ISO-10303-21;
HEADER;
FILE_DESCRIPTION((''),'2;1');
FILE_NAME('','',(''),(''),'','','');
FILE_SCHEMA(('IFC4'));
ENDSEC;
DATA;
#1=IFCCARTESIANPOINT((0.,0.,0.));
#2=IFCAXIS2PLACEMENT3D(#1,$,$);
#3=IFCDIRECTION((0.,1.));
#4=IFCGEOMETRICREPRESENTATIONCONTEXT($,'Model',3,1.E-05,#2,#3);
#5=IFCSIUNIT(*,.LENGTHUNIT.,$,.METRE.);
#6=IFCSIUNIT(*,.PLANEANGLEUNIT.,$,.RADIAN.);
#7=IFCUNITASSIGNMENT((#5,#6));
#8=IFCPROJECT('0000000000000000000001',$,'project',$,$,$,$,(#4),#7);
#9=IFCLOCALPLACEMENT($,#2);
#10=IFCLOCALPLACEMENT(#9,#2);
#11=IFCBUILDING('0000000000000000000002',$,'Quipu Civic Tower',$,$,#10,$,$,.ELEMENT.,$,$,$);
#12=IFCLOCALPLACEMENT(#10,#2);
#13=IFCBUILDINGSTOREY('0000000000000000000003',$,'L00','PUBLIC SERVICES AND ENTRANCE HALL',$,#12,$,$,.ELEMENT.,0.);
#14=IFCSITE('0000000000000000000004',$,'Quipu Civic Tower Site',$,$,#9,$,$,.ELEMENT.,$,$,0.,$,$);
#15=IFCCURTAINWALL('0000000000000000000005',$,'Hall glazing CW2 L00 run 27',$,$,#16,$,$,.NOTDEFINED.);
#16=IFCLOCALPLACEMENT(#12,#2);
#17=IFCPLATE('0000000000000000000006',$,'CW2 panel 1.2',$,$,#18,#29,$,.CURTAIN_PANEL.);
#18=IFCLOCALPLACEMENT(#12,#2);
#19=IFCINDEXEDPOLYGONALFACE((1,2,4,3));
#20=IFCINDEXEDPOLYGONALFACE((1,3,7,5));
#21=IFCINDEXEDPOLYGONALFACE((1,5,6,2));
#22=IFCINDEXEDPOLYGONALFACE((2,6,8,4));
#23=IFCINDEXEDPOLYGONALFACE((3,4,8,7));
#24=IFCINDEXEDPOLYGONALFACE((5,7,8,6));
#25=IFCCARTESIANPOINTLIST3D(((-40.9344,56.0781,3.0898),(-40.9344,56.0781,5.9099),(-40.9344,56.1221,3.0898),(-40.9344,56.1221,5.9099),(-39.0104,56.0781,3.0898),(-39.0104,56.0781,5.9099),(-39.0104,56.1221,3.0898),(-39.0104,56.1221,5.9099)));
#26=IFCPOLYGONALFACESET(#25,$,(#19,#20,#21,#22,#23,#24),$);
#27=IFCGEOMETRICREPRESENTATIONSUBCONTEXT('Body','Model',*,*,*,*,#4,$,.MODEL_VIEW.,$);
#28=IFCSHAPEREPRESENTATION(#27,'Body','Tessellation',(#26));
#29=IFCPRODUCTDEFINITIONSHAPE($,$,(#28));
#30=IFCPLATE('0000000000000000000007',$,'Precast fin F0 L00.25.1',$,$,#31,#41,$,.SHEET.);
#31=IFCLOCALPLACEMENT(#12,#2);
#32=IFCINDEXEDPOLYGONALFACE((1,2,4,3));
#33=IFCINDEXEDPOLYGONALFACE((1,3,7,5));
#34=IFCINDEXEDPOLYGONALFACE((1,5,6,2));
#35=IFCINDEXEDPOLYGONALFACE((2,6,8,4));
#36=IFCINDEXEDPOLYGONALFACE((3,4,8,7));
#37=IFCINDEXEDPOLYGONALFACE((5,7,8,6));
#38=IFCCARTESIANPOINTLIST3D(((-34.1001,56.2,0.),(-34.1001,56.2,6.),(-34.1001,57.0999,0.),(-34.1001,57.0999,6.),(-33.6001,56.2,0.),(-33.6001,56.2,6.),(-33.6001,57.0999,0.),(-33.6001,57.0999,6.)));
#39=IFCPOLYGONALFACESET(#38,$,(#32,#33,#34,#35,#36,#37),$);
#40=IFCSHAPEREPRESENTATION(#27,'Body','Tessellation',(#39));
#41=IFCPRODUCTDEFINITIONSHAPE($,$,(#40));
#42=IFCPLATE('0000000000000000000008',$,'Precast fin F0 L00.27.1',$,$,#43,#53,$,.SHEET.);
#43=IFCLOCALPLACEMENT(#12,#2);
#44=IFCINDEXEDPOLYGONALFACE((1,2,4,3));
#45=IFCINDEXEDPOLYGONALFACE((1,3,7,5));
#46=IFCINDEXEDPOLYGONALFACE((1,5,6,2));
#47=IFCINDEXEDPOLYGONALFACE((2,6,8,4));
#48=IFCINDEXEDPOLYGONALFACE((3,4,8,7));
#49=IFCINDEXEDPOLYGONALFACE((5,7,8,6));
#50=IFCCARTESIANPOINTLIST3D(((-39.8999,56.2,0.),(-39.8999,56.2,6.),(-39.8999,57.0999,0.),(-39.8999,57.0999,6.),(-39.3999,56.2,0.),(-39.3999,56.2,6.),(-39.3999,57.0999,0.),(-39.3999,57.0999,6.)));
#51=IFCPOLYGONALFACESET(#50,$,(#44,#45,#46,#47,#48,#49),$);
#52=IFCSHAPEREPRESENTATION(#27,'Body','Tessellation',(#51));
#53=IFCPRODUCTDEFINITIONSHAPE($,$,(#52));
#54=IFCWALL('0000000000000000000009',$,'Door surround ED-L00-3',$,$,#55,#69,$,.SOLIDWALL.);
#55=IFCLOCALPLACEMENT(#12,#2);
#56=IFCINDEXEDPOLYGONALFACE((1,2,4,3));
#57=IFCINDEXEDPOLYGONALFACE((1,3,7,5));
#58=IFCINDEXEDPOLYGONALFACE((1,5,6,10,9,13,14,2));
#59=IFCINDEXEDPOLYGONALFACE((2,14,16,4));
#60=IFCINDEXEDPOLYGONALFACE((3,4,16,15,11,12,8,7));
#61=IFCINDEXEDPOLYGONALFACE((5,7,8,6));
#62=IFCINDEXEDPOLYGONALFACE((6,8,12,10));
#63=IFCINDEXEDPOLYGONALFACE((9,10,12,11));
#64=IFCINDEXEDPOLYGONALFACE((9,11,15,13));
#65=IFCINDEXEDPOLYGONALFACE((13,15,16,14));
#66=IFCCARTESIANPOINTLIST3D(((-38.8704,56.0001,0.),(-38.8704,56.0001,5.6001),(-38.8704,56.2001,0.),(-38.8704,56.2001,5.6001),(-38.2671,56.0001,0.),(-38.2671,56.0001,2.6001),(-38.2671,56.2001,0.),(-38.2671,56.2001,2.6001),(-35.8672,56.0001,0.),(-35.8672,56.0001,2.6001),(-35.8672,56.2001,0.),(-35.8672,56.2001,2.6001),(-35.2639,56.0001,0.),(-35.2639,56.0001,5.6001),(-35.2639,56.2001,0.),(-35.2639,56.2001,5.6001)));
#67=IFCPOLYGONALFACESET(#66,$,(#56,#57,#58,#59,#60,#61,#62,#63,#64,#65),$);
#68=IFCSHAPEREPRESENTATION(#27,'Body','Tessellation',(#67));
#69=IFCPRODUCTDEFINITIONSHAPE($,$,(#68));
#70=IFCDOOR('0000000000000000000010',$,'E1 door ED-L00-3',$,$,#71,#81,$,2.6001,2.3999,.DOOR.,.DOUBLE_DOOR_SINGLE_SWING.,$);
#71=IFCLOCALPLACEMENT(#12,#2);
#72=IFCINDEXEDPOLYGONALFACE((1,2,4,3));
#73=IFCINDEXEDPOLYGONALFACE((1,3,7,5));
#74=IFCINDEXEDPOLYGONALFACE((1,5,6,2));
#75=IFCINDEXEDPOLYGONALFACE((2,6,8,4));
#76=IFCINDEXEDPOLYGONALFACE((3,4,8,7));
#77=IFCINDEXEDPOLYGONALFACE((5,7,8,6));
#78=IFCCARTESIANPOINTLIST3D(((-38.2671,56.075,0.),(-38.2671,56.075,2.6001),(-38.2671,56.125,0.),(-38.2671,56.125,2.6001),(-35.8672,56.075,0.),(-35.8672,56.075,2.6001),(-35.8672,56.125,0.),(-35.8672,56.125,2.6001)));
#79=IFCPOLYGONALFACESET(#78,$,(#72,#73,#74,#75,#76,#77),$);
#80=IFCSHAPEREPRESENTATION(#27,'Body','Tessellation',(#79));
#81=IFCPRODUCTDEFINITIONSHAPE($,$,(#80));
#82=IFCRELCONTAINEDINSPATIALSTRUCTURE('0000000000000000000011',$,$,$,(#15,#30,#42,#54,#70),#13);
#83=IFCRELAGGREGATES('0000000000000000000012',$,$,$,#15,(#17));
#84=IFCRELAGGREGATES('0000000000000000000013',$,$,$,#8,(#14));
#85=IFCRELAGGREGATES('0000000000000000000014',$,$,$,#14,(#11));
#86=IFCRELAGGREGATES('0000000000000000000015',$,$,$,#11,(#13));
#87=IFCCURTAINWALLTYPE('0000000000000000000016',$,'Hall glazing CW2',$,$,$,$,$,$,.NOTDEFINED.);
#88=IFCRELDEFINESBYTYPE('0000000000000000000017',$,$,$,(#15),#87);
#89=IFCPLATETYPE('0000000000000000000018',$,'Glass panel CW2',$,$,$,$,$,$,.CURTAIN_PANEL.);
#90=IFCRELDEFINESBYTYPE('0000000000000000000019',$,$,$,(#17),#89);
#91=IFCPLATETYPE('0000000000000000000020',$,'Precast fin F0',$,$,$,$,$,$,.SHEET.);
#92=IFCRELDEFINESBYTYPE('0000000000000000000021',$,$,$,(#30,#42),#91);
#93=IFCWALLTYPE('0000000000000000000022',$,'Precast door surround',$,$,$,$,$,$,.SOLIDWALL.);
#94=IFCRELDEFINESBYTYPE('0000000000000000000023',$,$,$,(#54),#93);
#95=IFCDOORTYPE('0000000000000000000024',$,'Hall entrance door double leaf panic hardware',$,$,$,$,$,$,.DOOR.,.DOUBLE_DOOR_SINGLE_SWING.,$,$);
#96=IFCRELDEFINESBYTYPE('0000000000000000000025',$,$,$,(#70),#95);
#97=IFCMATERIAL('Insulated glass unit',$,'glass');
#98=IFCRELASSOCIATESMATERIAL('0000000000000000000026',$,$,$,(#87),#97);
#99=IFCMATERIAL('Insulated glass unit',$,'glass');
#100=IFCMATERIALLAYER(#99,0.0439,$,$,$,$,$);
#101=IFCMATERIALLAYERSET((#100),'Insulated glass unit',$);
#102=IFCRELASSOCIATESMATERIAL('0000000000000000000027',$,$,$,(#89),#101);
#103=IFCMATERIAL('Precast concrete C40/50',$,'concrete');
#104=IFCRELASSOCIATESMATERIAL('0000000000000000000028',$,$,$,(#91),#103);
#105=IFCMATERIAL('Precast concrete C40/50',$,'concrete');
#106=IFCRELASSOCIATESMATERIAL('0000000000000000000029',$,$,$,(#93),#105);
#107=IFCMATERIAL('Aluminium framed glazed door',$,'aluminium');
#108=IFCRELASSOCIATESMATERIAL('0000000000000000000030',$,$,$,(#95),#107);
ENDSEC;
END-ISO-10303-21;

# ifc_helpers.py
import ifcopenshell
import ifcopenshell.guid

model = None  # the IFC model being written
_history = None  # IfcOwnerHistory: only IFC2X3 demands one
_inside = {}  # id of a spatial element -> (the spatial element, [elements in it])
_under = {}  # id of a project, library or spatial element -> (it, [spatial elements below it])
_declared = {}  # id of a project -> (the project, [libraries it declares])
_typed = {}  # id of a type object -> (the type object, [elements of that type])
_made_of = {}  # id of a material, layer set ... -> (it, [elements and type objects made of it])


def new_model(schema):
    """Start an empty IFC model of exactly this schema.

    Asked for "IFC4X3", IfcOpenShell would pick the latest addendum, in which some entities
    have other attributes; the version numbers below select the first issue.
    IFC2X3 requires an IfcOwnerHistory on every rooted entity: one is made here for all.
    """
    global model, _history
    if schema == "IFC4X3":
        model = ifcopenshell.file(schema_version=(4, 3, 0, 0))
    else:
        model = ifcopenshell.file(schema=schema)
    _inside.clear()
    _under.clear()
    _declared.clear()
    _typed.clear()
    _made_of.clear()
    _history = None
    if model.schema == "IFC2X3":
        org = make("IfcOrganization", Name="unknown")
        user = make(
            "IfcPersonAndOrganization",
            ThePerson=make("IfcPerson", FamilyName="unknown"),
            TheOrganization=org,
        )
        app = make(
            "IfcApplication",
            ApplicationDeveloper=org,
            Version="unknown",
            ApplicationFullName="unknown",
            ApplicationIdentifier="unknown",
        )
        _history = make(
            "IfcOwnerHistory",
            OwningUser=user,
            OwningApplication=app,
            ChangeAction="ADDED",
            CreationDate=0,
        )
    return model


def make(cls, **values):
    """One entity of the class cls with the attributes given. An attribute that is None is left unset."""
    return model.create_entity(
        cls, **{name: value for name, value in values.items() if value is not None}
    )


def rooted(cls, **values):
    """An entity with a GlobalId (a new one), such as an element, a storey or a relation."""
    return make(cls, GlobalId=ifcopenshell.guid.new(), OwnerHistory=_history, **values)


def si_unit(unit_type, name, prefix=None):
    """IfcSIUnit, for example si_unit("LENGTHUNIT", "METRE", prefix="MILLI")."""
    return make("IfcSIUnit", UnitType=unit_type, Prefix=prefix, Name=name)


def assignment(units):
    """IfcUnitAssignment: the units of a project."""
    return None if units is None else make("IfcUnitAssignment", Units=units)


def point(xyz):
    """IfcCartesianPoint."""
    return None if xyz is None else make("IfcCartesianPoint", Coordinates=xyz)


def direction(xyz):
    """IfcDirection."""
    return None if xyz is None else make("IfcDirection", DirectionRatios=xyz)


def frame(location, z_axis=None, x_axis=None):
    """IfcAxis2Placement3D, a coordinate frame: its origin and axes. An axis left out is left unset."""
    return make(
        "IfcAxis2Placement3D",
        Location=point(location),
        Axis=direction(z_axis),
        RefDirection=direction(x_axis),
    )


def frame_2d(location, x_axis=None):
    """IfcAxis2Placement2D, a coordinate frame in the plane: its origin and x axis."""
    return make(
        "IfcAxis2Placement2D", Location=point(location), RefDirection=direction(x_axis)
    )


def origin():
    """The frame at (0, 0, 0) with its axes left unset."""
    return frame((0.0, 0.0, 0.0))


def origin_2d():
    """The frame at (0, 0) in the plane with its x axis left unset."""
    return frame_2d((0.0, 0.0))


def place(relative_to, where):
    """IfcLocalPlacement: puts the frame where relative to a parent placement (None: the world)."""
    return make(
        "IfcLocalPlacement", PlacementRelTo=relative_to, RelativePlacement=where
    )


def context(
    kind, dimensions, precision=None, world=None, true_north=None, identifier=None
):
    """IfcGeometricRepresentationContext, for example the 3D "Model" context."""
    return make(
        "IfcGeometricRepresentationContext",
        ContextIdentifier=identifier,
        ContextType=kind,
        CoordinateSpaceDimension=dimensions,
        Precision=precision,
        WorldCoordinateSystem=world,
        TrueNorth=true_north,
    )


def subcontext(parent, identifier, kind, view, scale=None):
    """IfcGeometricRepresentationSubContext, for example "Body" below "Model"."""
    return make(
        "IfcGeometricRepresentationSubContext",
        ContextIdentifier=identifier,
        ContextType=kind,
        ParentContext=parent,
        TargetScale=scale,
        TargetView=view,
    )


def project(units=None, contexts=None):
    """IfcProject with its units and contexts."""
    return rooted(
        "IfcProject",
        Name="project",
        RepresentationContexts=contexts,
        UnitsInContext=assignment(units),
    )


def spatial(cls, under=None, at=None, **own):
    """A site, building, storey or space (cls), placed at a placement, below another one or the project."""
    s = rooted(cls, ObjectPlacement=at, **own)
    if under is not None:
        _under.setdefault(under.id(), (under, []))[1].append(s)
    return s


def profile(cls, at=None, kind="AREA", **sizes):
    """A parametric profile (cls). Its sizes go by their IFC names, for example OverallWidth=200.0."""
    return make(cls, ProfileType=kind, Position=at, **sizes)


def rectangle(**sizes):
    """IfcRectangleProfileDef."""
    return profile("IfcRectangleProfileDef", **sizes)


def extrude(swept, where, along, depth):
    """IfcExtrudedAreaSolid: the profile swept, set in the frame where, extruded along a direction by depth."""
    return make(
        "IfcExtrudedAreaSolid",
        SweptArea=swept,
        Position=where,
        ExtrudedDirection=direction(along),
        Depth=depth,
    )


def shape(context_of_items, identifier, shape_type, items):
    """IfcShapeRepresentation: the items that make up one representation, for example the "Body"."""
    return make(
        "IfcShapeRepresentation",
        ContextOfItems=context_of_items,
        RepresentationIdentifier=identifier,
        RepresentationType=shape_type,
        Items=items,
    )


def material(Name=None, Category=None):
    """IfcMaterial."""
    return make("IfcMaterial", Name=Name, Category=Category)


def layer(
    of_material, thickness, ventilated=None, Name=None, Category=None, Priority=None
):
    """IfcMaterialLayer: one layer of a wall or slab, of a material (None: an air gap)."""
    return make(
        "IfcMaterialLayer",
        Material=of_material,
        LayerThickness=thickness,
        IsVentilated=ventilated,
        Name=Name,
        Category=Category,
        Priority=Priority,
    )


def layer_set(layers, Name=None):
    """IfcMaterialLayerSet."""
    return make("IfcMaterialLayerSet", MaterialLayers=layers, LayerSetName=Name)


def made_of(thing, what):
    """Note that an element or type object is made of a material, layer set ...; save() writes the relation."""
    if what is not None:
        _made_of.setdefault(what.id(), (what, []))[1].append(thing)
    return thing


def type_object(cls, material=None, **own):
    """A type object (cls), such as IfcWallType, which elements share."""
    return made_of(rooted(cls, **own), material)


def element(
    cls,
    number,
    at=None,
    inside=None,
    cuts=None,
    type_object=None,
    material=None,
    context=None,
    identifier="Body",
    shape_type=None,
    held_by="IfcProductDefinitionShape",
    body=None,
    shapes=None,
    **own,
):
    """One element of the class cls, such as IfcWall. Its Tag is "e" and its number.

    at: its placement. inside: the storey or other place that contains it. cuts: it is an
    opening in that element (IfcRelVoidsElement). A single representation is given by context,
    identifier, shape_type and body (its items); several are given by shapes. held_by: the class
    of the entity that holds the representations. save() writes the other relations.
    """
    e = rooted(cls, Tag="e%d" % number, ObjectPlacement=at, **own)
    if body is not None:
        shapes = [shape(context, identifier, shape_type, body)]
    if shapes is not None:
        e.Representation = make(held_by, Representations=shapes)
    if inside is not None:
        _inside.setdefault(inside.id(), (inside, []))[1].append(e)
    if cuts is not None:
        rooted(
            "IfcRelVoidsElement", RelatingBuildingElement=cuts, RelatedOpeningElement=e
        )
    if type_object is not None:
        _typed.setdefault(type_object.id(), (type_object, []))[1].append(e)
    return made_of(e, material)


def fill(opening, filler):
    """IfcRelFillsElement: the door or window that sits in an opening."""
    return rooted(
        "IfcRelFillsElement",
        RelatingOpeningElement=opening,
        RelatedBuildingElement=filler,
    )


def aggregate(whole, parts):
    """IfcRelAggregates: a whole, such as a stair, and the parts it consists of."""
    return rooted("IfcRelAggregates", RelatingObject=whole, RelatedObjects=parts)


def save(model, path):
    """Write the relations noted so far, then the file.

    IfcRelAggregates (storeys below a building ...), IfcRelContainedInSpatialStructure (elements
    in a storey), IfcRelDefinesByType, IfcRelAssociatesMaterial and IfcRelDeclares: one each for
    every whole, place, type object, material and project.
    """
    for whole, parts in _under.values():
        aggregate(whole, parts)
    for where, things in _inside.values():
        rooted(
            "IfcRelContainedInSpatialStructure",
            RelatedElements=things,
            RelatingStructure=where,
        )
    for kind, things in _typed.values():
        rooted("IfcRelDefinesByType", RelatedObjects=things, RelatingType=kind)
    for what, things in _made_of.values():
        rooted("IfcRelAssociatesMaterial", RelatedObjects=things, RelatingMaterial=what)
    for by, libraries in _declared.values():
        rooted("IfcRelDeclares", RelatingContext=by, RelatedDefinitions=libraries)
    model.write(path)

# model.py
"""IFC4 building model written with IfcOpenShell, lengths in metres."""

from ifc_helpers import new_model, si_unit, direction, frame, frame_2d, origin, origin_2d, place, context, subcontext, project, spatial, rectangle, extrude, material, layer, layer_set, type_object, element, fill, aggregate, save


model = new_model("IFC4")

# Units and contexts
model_context = context("Model", 3, precision=1e-05, world=origin(), true_north=direction((0.0, 1.0)))
body_context = subcontext(model_context, "Body", "Model", "MODEL_VIEW")
ifc_project = project(units=[si_unit("LENGTHUNIT", "METRE"), si_unit("PLANEANGLEUNIT", "RADIAN")], contexts=[model_context])

# Site, building, storey
site_placement = place(None, origin())
site = spatial("IfcSite", under=ifc_project, at=site_placement, Name="Quipu Civic Tower Site", CompositionType="ELEMENT", RefElevation=0.0)
building_placement = place(site_placement, origin())
building = spatial("IfcBuilding", under=site, at=building_placement, Name="Quipu Civic Tower", CompositionType="ELEMENT")
storey_placement = place(building_placement, origin())
storey = spatial("IfcBuildingStorey", under=building, at=storey_placement, Name="L00", Description="PUBLIC SERVICES AND ENTRANCE HALL", CompositionType="ELEMENT", Elevation=0.0)

# Shared definitions
ifc_material_1 = material(Name="Insulated glass unit", Category="glass")
curtain_wall_type = type_object("IfcCurtainWallType", Name="Hall glazing CW2", PredefinedType="NOTDEFINED", material=ifc_material_1)

# Curtain wall
curtain_wall_1_placement = place(storey_placement, origin())
curtain_wall_1 = element("IfcCurtainWall", 1, at=curtain_wall_1_placement, inside=storey, type_object=curtain_wall_type, Name="Hall glazing CW2 L00 run 27", PredefinedType="NOTDEFINED")

# Plate
ifc_material_2 = material(Name="Insulated glass unit", Category="glass")
ifc_layer = layer(ifc_material_2, 0.0439)
ifc_layer_set = layer_set([ifc_layer], Name="Insulated glass unit")
plate_type_1 = type_object("IfcPlateType", Name="Glass panel CW2", PredefinedType="CURTAIN_PANEL", material=ifc_layer_set)
plate_1_placement = place(storey_placement, frame((-39.9724, 56.1001, 3.0898), z_axis=(0.0, 0.0, 1.0), x_axis=(-1.0, 0.0, 0.0)))
plate_1 = element("IfcPlate", 2, at=plate_1_placement, type_object=plate_type_1, Name="CW2 panel 1.2", PredefinedType="CURTAIN_PANEL", context=body_context, shape_type="SweptSolid", body=[
    extrude(rectangle(XDim=1.9241, YDim=0.0439, at=origin_2d()), origin(), (0.0, 0.0, 1.0), 2.8201),
])
aggregate(curtain_wall_1, [plate_1])

# Plates
ifc_material_3 = material(Name="Precast concrete C40/50", Category="concrete")
plate_type_2 = type_object("IfcPlateType", Name="Precast fin F0", PredefinedType="SHEET", material=ifc_material_3)
for number, where, z_axis, x_axis, name in (
    (3, (-33.8501, 56.6499, 0.0), (0.0, 0.0, 1.0), (-1.0, 0.0, 0.0), "Precast fin F0 L00.25.1"),
    (4, (-39.6499, 56.6499, 0.0), (0.0, 0.0, 1.0), (-1.0, 0.0, 0.0), "Precast fin F0 L00.27.1"),
):
    element("IfcPlate", number, at=place(storey_placement, frame(where, z_axis=z_axis, x_axis=x_axis)), inside=storey, type_object=plate_type_2, Name=name, PredefinedType="SHEET", context=body_context, shape_type="SweptSolid", body=[
        extrude(rectangle(XDim=0.5, YDim=0.8999, at=origin_2d()), origin(), (0.0, 0.0, 1.0), 6.0),
    ])

# Wall, opening, door
ifc_material_4 = material(Name="Precast concrete C40/50", Category="concrete")
wall_type = type_object("IfcWallType", Name="Precast door surround", PredefinedType="SOLIDWALL", material=ifc_material_4)
wall_placement = place(storey_placement, frame((-38.8704, 56.1001, 0.0), z_axis=(0.0, 0.0, 1.0), x_axis=(1.0, 0.0, 0.0)))
wall = element("IfcWall", 5, at=wall_placement, inside=storey, type_object=wall_type, Name="Door surround ED-L00-3", PredefinedType="SOLIDWALL", context=body_context, shape_type="SweptSolid", body=[
    extrude(rectangle(XDim=3.6064, YDim=0.2, at=frame_2d((1.8032, 0.0))), origin(), (0.0, 0.0, 1.0), 5.6001),
])
opening_placement = place(wall_placement, frame((0.6033, 0.0, 0.0)))
opening = element("IfcOpeningElement", 6, at=opening_placement, cuts=wall, PredefinedType="OPENING", context=body_context, shape_type="SweptSolid", body=[
    extrude(rectangle(XDim=2.3999, YDim=2.6001, at=frame_2d((1.2, 1.3))), frame((0.0, 0.1099, 0.0), z_axis=(0.0, -1.0, 0.0), x_axis=(1.0, 0.0, 0.0)), (0.0, 0.0, 1.0), 0.22),
])
ifc_material_5 = material(Name="Aluminium framed glazed door", Category="aluminium")
door_type = type_object("IfcDoorType", Name="Hall entrance door double leaf panic hardware", OperationType="DOUBLE_DOOR_SINGLE_SWING", PredefinedType="DOOR", material=ifc_material_5)
door_placement = place(opening_placement, origin())
door = element("IfcDoor", 7, at=door_placement, inside=storey, type_object=door_type, Name="E1 door ED-L00-3", OperationType="DOUBLE_DOOR_SINGLE_SWING", OverallHeight=2.6001, OverallWidth=2.3999, PredefinedType="DOOR", context=body_context, shape_type="SweptSolid", body=[
    extrude(rectangle(XDim=2.3999, YDim=2.6001, at=frame_2d((1.2, 1.3))), frame((0.0, 0.0249, 0.0), z_axis=(0.0, -1.0, 0.0), x_axis=(1.0, 0.0, 0.0)), (0.0, 0.0, 1.0), 0.05),
])
fill(opening, door)

save(model, "model.ifc")
